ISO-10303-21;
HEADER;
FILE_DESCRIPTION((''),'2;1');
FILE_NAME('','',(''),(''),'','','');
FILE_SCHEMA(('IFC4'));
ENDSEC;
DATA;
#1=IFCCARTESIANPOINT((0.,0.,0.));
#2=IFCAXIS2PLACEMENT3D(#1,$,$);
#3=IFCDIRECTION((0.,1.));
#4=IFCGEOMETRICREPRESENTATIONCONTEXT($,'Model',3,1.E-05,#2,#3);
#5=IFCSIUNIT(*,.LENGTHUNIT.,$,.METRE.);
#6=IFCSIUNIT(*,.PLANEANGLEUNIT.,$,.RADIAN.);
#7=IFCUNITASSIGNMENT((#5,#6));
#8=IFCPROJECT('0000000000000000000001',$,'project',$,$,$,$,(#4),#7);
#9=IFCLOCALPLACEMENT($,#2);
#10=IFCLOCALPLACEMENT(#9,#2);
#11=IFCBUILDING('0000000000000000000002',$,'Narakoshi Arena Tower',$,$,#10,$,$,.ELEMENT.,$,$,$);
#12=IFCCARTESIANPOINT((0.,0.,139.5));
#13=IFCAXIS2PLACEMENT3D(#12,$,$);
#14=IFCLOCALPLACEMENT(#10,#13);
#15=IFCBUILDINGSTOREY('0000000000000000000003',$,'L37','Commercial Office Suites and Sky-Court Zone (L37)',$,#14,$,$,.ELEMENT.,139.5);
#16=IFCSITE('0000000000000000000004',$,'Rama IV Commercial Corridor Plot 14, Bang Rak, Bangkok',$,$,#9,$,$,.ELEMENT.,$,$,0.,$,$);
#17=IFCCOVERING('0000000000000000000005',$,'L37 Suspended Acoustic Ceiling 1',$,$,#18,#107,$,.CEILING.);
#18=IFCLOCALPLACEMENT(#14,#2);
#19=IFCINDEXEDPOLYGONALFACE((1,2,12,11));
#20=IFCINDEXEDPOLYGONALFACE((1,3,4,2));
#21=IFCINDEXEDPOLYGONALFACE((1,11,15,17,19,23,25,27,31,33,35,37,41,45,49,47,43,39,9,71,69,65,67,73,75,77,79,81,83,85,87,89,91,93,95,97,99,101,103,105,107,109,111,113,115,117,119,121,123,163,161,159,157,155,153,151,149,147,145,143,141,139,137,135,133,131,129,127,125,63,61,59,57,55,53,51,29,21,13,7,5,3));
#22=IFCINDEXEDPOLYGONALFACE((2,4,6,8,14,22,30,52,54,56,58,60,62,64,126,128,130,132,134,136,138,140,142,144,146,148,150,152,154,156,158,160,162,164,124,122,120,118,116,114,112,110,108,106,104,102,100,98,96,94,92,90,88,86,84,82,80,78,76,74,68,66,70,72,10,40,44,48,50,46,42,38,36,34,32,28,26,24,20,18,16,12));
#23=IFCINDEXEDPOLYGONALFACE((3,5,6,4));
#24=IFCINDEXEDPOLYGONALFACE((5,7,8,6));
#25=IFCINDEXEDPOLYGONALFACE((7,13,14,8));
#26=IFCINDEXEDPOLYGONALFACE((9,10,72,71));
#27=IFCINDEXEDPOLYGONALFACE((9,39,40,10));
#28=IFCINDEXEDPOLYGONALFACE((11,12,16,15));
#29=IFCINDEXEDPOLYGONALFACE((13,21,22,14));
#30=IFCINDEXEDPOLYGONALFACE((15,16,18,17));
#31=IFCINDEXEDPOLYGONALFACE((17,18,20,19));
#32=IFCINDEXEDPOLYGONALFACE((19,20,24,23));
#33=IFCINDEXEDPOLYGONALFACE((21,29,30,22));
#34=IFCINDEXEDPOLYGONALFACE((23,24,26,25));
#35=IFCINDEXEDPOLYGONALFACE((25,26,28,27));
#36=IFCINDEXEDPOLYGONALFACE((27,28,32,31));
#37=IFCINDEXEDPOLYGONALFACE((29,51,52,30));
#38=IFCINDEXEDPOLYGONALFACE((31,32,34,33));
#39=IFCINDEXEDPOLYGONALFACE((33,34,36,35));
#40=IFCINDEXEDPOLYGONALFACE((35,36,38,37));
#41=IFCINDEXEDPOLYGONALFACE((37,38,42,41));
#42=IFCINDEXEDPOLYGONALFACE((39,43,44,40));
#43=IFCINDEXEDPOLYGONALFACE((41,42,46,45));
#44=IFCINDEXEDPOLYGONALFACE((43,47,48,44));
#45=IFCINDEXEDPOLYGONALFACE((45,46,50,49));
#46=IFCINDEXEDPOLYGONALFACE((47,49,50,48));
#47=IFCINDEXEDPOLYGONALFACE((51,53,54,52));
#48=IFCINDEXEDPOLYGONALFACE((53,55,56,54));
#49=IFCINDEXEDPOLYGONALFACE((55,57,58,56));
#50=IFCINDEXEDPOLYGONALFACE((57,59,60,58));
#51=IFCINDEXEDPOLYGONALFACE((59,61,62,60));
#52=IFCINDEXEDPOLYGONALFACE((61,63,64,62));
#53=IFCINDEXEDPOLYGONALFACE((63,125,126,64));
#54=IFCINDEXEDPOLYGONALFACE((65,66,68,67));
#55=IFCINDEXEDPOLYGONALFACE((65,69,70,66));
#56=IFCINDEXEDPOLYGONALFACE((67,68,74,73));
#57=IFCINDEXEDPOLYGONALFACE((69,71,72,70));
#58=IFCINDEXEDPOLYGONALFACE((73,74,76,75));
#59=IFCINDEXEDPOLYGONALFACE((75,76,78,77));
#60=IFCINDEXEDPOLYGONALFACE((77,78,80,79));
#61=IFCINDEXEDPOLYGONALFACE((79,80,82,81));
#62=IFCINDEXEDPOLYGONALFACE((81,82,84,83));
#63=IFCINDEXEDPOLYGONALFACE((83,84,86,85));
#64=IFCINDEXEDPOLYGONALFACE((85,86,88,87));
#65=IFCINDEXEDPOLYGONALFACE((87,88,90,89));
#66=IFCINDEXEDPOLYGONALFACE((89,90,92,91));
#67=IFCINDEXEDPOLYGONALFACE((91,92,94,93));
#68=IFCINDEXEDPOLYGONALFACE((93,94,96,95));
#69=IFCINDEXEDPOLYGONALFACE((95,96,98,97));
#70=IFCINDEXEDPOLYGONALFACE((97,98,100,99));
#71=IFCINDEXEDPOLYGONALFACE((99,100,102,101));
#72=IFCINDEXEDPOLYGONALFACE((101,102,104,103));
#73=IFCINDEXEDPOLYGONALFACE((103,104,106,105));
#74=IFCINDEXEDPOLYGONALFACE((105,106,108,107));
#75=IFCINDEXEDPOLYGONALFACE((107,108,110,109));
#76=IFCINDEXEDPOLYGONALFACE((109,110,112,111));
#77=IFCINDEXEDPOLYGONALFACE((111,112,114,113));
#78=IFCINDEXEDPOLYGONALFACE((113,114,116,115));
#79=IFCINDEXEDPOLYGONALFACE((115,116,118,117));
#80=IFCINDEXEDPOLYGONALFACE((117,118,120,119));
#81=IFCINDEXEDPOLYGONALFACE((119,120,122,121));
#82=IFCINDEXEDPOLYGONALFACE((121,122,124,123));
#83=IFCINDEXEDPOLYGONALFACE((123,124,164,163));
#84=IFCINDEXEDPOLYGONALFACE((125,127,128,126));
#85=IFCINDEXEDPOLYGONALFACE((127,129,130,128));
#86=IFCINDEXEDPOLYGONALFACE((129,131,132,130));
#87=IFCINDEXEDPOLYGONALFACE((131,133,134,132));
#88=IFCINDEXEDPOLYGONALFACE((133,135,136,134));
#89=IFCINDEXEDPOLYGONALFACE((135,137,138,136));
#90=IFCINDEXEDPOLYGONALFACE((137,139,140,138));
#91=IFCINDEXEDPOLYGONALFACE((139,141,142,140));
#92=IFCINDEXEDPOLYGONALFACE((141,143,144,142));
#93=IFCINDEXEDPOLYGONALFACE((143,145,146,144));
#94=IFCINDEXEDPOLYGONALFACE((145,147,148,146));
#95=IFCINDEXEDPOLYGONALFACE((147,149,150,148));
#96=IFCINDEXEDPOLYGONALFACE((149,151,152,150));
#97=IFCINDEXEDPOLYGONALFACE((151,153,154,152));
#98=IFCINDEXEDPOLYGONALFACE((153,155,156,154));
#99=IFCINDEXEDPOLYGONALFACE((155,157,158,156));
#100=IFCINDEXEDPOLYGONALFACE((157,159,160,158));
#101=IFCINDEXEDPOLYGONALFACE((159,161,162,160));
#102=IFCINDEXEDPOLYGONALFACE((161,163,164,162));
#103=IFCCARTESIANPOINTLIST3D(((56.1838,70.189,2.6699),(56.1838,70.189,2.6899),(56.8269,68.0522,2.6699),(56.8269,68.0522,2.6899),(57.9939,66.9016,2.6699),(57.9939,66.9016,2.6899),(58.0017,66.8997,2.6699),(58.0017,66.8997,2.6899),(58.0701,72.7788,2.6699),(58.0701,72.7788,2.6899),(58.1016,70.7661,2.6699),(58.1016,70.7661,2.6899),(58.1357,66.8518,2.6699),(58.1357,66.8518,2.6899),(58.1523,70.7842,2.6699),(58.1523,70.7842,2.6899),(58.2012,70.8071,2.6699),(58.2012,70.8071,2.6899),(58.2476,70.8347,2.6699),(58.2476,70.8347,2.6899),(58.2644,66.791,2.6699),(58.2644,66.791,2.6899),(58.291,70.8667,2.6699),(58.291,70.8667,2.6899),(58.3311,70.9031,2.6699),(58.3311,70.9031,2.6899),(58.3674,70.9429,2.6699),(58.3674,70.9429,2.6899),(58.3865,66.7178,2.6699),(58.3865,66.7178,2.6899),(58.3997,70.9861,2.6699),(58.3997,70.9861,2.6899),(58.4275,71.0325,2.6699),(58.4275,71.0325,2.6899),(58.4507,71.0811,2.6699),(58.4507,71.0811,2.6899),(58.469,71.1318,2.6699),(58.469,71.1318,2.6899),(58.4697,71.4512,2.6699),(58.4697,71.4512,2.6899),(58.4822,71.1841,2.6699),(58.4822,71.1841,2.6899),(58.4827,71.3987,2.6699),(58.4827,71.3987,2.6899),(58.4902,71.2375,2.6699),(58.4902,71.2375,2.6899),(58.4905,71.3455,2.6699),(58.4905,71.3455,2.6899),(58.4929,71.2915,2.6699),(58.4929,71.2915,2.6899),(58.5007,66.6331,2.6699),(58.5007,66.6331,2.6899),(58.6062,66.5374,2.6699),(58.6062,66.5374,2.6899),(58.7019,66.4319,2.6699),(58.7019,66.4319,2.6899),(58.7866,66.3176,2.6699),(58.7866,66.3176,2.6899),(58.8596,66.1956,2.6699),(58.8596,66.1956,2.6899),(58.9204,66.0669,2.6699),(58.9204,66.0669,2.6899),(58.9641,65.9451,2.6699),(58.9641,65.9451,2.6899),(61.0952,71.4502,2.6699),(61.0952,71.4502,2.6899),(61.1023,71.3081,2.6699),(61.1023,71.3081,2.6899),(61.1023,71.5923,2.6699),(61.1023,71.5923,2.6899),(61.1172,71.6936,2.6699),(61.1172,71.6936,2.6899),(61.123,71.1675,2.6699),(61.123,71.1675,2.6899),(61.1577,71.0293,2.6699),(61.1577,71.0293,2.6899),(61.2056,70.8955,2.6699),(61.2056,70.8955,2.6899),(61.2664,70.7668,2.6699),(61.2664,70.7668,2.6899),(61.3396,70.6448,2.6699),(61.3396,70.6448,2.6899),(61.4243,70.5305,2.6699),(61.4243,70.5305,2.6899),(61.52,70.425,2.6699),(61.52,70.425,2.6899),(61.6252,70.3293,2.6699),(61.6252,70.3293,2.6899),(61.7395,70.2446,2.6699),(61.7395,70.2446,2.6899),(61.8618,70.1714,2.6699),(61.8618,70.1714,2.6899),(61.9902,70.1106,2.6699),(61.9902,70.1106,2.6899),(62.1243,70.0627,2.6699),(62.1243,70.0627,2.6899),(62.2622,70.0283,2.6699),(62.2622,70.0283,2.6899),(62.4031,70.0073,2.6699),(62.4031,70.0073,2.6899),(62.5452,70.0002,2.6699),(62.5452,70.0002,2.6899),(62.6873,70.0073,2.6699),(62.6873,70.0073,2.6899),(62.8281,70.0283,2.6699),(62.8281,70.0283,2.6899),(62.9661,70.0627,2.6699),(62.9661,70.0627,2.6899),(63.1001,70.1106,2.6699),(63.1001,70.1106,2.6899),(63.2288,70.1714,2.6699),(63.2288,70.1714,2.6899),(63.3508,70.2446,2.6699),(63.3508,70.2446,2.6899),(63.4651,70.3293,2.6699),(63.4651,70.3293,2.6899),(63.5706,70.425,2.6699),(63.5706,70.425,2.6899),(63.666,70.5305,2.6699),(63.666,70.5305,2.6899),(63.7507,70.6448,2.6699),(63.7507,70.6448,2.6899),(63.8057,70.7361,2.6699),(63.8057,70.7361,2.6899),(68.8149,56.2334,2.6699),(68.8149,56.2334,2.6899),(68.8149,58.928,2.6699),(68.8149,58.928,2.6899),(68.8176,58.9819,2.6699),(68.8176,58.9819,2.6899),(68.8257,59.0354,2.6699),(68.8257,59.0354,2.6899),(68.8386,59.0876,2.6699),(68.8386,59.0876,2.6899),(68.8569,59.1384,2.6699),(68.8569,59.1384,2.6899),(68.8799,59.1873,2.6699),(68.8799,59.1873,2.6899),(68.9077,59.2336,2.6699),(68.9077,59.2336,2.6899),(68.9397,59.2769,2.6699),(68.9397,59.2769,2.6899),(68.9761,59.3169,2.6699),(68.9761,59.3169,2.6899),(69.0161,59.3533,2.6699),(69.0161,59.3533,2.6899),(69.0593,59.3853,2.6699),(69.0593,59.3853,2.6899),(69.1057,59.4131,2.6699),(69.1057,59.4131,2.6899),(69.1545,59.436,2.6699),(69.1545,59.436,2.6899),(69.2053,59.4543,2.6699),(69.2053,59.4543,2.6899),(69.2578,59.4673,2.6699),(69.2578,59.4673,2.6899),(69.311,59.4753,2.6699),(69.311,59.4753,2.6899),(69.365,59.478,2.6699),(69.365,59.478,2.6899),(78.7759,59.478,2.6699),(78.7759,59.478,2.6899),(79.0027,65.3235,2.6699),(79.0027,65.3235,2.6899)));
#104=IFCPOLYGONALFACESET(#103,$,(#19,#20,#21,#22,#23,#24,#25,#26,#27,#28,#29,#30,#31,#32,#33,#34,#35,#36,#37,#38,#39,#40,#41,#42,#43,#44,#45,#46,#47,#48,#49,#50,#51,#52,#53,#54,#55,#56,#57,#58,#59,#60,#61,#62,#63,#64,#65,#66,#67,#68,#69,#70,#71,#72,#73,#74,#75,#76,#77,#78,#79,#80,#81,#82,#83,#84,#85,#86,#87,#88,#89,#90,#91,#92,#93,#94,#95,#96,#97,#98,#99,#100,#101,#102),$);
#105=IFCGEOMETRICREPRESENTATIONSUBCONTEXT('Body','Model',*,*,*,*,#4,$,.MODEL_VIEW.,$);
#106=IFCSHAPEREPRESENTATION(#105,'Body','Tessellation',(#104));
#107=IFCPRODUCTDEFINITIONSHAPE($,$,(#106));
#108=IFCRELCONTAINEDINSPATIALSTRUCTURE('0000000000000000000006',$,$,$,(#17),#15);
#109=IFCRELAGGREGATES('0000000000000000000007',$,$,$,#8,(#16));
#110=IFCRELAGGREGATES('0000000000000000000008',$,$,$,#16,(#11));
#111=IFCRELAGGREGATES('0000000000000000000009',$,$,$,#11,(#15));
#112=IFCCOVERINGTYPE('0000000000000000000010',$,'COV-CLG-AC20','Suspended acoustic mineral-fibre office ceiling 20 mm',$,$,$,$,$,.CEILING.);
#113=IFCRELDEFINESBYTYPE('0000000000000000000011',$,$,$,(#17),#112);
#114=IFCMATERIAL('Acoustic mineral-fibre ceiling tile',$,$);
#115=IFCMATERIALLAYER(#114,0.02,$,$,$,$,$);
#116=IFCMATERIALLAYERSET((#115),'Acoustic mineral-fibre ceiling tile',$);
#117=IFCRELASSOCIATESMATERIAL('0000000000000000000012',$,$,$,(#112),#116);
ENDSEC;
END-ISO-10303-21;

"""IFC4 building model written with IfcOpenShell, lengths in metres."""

from ifc_helpers import new_model, si_unit, direction, frame, origin, place, context, subcontext, project, spatial, polyline, outline, extrude, material, layer, layer_set, type_object, element, save


model = new_model("IFC4")

# Units and contexts
model_context = context("Model", 3, precision=1e-05, world=origin(), true_north=direction((0.0, 1.0)))
body_context = subcontext(model_context, "Body", "Model", "MODEL_VIEW")
ifc_project = project(units=[si_unit("LENGTHUNIT", "METRE"), si_unit("PLANEANGLEUNIT", "RADIAN")], contexts=[model_context])

# Site, building, storey
site_placement = place(None, origin())
site = spatial("IfcSite", under=ifc_project, at=site_placement, Name="Rama IV Commercial Corridor Plot 14, Bang Rak, Bangkok", CompositionType="ELEMENT", RefElevation=0.0)
building_placement = place(site_placement, origin())
building = spatial("IfcBuilding", under=site, at=building_placement, Name="Narakoshi Arena Tower", CompositionType="ELEMENT")
storey_placement = place(building_placement, frame((0.0, 0.0, 139.5)))
storey = spatial("IfcBuildingStorey", under=building, at=storey_placement, Name="L37", Description="Commercial Office Suites and Sky-Court Zone (L37)", CompositionType="ELEMENT", Elevation=139.5)

# Covering
ifc_material_1 = material(Name="Acoustic mineral-fibre ceiling tile")
ifc_layer_1 = layer(ifc_material_1, 0.02)
ifc_layer_set_1 = layer_set([ifc_layer_1], Name="Acoustic mineral-fibre ceiling tile")
covering_type_1 = type_object("IfcCoveringType", Name="COV-CLG-AC20", Description="Suspended acoustic mineral-fibre office ceiling 20 mm", PredefinedType="CEILING", material=ifc_layer_set_1)
covering_1_placement = place(storey_placement, frame((0.0, 0.0, 2.6699)))
element("IfcCovering", 1, at=covering_1_placement, inside=storey, type_object=covering_type_1, Name="L37 Suspended Acoustic Ceiling 1", PredefinedType="CEILING", context=body_context, shape_type="SweptSolid", body=[
    extrude(outline(polyline([(58.1016, 70.7661), (58.1523, 70.7842), (58.2012, 70.8071), (58.2476, 70.8347), (58.291, 70.8667), (58.3311, 70.9031), (58.3674, 70.9429), (58.3997, 70.9861), (58.4275, 71.0325), (58.4507, 71.0811), (58.469, 71.1318), (58.4822, 71.1841), (58.4902, 71.2375), (58.4929, 71.2915), (58.4905, 71.3455), (58.4827, 71.3987), (58.4697, 71.4512), (58.0701, 72.7788), (61.1172, 71.6936), (61.1023, 71.5923), (61.0952, 71.4502), (61.1023, 71.3081), (61.123, 71.1675), (61.1577, 71.0293), (61.2056, 70.8955), (61.2664, 70.7668), (61.3396, 70.6448), (61.4243, 70.5305), (61.52, 70.425), (61.6252, 70.3293), (61.7395, 70.2446), (61.8618, 70.1714), (61.9902, 70.1106), (62.1243, 70.0627), (62.2622, 70.0283), (62.4031, 70.0073), (62.5452, 70.0002), (62.6873, 70.0073), (62.8281, 70.0283), (62.9661, 70.0627), (63.1001, 70.1106), (63.2288, 70.1714), (63.3508, 70.2446), (63.4651, 70.3293), (63.5706, 70.425), (63.666, 70.5305), (63.7507, 70.6448), (63.8057, 70.7361), (79.0027, 65.3235), (78.7759, 59.478), (69.365, 59.478), (69.311, 59.4753), (69.2578, 59.4673), (69.2053, 59.4543), (69.1545, 59.436), (69.1057, 59.4131), (69.0593, 59.3853), (69.0161, 59.3533), (68.9761, 59.3169), (68.9397, 59.2769), (68.9077, 59.2336), (68.8799, 59.1873), (68.8569, 59.1384), (68.8386, 59.0876), (68.8257, 59.0354), (68.8176, 58.9819), (68.8149, 58.928), (68.8149, 56.2334), (58.9641, 65.9451), (58.9204, 66.0669), (58.8596, 66.1956), (58.7866, 66.3176), (58.7019, 66.4319), (58.6062, 66.5374), (58.5007, 66.6331), (58.3865, 66.7178), (58.2644, 66.791), (58.1357, 66.8518), (58.0017, 66.8997), (57.9939, 66.9016), (56.8269, 68.0522), (56.1838, 70.189), (58.1016, 70.7661)])), origin(), (0.0, 0.0, 1.0), 0.02),
])

save(model, "model.ifc")
